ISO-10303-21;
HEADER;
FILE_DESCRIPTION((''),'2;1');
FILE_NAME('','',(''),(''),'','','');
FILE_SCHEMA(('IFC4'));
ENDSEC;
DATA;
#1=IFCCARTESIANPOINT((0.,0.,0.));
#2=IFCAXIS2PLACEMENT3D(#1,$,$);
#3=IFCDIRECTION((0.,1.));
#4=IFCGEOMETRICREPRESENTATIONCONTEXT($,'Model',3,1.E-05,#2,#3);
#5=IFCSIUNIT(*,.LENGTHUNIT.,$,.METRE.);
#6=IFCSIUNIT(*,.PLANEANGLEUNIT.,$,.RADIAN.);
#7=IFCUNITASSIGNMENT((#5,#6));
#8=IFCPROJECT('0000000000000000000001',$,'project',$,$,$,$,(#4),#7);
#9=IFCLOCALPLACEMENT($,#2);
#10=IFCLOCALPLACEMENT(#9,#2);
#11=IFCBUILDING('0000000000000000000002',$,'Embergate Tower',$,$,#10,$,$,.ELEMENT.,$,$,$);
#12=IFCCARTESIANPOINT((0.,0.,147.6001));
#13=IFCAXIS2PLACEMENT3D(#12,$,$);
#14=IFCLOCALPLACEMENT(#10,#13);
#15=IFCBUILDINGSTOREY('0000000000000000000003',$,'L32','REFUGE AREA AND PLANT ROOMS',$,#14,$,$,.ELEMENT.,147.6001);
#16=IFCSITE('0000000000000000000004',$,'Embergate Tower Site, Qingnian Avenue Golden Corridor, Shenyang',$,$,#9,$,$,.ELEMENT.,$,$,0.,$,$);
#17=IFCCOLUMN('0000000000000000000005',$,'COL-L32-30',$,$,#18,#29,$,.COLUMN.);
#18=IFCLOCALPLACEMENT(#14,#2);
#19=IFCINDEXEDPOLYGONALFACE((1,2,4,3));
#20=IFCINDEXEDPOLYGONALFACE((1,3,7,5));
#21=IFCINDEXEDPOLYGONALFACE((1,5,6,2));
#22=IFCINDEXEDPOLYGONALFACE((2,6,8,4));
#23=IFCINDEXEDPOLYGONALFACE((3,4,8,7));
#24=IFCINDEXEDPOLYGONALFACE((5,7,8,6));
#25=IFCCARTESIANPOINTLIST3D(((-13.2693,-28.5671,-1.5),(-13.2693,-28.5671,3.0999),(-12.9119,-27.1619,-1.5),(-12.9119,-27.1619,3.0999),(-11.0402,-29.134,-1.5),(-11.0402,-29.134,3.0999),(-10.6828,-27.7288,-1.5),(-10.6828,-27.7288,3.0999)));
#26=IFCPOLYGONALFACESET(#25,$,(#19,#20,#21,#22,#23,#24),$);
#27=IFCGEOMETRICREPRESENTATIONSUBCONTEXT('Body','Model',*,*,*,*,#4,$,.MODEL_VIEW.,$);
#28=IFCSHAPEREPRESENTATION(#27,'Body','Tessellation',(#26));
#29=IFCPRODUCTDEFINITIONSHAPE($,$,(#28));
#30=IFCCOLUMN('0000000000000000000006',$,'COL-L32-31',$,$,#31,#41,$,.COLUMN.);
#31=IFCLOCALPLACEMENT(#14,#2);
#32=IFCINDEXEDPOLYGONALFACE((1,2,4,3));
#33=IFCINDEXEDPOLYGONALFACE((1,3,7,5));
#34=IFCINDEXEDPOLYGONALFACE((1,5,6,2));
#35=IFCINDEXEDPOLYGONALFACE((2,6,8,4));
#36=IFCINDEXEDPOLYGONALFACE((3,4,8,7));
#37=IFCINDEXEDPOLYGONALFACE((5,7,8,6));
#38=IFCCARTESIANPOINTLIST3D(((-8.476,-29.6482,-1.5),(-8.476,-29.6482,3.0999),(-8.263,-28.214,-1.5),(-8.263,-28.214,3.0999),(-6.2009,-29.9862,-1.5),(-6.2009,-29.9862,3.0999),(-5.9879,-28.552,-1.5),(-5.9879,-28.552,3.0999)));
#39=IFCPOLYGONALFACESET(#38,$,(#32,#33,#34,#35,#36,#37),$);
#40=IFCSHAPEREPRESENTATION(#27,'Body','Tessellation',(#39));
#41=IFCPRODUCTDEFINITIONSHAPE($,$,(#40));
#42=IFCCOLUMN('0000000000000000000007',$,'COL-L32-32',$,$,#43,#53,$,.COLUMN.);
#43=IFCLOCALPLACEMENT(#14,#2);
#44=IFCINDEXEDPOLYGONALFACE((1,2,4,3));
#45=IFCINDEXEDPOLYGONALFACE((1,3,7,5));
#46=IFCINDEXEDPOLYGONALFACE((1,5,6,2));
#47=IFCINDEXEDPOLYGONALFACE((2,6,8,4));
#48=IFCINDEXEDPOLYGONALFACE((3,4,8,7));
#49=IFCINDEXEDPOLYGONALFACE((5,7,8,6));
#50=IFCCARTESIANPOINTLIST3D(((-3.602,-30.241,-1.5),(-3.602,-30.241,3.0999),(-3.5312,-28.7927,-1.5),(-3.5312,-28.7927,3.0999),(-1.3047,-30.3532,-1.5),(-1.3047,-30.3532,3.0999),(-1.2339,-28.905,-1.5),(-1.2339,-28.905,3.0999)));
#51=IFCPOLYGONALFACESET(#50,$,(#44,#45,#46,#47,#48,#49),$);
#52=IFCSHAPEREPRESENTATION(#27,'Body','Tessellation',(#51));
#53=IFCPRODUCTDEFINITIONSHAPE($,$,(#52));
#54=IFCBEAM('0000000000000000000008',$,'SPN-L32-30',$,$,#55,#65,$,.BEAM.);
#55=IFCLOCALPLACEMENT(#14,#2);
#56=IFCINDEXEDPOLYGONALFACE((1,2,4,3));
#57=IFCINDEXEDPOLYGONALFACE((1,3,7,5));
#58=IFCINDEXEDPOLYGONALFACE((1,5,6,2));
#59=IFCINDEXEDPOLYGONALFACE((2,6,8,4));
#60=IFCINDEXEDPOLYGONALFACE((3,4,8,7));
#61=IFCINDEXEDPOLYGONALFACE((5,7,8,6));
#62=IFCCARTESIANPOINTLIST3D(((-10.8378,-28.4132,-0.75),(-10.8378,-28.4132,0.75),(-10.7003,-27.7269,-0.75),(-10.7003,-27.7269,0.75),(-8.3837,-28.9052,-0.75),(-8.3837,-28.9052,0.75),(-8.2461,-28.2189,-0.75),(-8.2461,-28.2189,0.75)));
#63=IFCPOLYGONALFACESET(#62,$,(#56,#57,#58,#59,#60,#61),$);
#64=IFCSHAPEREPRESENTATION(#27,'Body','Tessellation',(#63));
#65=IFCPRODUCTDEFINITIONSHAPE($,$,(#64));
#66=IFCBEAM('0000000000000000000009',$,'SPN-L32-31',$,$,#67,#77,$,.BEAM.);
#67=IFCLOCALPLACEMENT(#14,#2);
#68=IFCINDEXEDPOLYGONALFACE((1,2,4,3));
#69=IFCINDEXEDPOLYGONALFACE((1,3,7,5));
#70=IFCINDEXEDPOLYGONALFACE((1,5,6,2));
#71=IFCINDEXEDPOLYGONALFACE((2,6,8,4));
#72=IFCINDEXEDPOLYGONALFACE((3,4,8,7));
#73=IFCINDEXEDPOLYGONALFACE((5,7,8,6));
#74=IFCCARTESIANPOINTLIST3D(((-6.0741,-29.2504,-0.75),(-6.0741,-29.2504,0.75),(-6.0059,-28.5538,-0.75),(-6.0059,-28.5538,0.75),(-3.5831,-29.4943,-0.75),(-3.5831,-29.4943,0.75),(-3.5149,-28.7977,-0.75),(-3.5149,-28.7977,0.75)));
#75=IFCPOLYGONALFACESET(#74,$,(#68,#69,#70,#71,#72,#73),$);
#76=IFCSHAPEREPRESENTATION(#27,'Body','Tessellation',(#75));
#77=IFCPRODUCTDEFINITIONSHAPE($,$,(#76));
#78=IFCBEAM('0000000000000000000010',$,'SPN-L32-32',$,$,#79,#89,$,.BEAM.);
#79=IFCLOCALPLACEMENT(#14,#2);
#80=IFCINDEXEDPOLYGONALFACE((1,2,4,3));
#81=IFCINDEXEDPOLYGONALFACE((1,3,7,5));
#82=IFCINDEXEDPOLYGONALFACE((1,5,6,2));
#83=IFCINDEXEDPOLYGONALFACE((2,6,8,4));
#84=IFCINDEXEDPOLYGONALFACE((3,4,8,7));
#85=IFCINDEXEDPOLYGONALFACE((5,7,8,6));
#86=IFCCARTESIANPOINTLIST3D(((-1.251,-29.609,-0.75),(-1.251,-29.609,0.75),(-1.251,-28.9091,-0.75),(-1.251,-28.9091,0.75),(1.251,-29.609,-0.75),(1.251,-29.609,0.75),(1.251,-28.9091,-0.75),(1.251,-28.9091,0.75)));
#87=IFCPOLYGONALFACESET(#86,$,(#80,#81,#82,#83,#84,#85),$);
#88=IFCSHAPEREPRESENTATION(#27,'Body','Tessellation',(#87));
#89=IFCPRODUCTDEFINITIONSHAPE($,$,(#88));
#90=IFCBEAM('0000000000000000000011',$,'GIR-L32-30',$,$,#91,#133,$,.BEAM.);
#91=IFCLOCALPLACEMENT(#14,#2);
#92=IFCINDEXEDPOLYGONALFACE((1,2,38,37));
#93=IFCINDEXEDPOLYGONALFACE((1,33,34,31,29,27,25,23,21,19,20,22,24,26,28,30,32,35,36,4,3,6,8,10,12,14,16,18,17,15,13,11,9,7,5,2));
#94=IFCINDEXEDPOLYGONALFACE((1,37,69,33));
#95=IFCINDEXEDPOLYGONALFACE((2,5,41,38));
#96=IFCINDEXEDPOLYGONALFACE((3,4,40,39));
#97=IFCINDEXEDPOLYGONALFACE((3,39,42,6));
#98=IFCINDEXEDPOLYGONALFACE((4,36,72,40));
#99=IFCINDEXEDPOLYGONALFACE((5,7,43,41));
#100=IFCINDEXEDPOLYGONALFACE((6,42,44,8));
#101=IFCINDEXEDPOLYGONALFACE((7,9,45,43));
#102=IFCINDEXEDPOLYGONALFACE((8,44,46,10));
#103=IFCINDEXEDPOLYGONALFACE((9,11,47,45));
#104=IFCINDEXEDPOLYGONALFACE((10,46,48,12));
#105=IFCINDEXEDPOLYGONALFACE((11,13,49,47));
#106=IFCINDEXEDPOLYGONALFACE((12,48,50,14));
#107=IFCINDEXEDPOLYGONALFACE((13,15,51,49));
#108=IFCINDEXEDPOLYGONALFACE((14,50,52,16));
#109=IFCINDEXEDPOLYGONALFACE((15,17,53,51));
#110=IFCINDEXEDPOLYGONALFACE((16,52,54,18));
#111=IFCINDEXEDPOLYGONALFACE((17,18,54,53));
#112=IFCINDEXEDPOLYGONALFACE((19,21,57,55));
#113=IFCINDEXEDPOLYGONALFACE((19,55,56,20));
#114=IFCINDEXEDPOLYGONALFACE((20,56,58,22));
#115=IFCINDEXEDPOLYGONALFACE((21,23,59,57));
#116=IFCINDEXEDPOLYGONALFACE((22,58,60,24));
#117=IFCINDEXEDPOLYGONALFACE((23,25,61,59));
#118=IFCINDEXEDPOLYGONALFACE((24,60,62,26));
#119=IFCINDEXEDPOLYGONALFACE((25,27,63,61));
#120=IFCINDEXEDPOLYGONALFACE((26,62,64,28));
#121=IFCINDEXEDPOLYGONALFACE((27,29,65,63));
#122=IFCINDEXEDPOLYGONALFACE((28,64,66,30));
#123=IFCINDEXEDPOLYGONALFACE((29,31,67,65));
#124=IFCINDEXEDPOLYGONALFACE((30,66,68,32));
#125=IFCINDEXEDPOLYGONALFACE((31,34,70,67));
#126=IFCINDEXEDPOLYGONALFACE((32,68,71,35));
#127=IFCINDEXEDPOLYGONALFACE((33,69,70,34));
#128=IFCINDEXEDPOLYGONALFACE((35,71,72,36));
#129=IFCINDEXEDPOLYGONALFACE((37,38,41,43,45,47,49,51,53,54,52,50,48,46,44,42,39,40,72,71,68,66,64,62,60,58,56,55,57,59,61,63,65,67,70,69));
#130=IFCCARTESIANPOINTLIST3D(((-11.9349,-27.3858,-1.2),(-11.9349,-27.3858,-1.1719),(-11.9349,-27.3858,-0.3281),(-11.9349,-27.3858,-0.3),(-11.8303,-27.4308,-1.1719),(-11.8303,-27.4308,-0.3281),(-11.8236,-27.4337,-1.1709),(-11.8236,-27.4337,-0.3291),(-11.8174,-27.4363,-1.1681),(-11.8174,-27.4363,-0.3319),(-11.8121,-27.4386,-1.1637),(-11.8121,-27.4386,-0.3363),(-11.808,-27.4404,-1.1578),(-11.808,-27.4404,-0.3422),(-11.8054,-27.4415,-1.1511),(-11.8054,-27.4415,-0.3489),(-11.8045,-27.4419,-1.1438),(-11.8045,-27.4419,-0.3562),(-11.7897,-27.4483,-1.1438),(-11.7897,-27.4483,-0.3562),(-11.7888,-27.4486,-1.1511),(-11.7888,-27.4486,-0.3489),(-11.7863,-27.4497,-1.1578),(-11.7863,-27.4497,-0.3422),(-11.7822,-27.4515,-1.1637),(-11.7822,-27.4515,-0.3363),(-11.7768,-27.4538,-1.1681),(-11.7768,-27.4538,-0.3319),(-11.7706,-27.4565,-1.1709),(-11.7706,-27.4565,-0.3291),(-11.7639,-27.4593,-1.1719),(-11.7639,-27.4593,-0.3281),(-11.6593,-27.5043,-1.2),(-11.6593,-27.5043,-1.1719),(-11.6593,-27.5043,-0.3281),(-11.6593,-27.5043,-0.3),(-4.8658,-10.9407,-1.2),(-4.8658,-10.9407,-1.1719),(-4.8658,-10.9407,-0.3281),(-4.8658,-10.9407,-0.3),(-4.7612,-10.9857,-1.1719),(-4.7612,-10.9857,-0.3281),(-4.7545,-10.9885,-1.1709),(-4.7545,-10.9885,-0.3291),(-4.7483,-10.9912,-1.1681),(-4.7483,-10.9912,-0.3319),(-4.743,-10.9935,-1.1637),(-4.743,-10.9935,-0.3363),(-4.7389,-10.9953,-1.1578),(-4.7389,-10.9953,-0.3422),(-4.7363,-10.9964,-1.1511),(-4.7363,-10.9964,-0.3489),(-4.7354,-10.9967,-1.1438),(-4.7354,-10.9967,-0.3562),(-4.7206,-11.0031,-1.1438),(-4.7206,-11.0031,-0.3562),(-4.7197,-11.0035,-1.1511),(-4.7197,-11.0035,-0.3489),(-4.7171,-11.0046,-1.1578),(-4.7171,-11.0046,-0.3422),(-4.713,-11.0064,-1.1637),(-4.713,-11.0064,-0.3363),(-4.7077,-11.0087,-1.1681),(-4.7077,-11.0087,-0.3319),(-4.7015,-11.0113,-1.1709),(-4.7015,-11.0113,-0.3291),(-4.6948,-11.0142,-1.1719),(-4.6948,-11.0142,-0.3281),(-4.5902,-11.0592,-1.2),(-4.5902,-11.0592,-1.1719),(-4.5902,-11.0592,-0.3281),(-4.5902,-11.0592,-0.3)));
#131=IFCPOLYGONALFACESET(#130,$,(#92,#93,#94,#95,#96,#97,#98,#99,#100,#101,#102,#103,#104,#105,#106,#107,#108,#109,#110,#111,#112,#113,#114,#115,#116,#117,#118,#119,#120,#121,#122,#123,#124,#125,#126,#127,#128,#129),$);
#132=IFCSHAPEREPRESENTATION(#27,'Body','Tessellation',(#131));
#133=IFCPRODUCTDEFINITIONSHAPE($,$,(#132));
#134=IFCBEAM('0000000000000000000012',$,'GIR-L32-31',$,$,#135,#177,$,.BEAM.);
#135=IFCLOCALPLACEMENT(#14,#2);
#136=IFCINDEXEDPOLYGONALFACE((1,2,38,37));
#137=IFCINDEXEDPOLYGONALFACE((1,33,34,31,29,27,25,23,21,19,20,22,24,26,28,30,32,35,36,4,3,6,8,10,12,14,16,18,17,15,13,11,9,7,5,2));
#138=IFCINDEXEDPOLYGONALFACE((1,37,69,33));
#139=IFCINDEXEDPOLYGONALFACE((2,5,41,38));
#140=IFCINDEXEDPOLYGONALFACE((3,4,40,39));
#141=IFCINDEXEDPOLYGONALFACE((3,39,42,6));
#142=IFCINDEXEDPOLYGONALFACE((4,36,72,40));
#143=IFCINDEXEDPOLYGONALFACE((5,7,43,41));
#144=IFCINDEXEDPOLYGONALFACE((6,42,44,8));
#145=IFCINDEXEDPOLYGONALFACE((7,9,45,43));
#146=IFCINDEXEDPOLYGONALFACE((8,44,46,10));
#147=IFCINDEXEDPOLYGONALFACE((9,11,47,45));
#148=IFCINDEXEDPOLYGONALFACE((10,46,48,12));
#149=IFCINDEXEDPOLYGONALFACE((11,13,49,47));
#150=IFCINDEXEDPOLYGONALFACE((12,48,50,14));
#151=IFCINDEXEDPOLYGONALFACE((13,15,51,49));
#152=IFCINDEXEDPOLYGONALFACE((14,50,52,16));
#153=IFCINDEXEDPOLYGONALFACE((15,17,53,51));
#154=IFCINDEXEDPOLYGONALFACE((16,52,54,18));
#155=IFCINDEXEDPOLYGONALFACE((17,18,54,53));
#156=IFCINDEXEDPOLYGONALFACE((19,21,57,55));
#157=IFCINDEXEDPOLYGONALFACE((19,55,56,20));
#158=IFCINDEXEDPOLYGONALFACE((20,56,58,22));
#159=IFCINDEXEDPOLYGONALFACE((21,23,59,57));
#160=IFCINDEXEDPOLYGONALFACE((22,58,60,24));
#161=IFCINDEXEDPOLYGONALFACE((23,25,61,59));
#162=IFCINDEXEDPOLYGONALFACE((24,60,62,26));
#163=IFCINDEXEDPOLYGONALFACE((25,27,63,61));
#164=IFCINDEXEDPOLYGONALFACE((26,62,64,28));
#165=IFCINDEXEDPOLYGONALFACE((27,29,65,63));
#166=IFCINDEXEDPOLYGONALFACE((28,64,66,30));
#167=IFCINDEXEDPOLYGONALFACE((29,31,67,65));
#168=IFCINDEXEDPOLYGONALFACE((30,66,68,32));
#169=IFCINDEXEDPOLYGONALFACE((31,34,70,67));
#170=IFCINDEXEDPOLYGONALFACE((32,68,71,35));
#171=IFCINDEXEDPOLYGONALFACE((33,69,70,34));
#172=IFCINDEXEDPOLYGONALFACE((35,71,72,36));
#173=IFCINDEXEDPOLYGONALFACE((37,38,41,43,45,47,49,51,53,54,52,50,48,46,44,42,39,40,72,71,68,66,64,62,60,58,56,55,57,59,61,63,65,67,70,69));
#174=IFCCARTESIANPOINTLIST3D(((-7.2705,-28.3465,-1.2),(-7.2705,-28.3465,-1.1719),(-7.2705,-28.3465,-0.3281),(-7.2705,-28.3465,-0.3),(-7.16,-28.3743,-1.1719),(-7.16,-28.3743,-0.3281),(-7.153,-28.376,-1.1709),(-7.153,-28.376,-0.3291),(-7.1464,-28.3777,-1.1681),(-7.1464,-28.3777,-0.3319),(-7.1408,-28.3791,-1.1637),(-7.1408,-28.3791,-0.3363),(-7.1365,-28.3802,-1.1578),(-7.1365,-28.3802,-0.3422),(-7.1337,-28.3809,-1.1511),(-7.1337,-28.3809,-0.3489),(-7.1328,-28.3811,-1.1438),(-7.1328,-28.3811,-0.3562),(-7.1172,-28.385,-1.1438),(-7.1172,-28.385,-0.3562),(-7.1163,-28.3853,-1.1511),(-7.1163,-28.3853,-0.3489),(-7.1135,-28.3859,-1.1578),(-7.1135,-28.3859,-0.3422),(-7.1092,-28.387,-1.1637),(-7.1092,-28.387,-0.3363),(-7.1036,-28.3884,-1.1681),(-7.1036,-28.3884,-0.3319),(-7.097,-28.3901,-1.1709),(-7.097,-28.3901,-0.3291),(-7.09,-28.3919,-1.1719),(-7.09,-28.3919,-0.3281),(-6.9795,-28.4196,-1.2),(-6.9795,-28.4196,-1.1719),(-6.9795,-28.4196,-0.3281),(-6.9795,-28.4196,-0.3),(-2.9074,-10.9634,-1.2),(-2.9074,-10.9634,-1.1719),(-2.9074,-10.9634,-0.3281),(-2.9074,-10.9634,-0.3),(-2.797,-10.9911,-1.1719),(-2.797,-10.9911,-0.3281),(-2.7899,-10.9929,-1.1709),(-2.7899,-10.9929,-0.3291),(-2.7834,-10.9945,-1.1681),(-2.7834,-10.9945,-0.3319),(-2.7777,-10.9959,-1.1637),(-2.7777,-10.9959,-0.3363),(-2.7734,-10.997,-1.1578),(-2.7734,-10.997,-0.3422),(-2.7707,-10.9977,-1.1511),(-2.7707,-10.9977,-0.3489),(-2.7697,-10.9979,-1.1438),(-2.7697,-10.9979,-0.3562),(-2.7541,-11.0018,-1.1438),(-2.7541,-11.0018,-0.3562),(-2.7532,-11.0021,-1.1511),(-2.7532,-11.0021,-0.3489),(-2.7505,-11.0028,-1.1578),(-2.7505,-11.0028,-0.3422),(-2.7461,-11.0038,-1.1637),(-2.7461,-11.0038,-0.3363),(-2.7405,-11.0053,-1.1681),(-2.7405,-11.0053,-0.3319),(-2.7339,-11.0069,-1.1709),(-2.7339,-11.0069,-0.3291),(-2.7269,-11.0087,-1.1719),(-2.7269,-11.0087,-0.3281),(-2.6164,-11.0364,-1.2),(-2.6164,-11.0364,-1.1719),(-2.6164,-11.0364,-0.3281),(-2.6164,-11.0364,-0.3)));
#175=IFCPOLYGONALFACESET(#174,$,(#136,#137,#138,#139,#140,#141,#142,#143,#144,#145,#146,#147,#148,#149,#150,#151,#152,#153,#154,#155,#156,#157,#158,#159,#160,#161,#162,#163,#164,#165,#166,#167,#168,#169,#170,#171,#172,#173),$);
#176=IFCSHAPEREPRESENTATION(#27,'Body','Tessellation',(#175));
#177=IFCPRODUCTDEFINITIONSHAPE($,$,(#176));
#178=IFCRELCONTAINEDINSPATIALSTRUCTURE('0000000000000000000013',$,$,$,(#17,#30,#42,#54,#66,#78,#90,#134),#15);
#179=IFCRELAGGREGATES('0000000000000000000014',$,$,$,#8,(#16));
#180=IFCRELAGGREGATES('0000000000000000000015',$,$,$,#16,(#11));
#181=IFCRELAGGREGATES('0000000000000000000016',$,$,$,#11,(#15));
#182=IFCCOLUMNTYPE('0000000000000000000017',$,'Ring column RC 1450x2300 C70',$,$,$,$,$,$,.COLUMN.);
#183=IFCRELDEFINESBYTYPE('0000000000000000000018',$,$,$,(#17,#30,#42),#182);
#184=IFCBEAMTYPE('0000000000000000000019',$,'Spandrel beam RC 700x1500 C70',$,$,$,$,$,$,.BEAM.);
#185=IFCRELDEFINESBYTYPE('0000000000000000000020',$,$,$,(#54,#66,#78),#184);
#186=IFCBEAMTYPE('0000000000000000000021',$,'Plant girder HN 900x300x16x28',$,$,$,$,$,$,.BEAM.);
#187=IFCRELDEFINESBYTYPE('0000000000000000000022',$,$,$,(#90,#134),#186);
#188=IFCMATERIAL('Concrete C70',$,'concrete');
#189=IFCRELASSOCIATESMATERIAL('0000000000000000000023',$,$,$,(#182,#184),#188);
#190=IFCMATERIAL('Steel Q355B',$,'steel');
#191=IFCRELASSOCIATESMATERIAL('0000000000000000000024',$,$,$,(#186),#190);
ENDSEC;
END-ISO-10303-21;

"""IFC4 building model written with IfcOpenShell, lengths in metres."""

from ifc_helpers import new_model, si_unit, direction, frame, origin, origin_2d, place, context, subcontext, project, spatial, rectangle, i_section, extrude, source, transform, mapped, material, material_profile, profile_set, type_object, element, save


model = new_model("IFC4")

# Units and contexts
model_context = context("Model", 3, precision=1e-05, world=origin(), true_north=direction((0.0, 1.0)))
body_context = subcontext(model_context, "Body", "Model", "MODEL_VIEW")
ifc_project = project(units=[si_unit("LENGTHUNIT", "METRE"), si_unit("PLANEANGLEUNIT", "RADIAN")], contexts=[model_context])

# Site, building, storey
site_placement = place(None, origin())
site = spatial("IfcSite", under=ifc_project, at=site_placement, Name="Embergate Tower Site, Qingnian Avenue Golden Corridor, Shenyang", CompositionType="ELEMENT", RefElevation=0.0)
building_placement = place(site_placement, origin())
building = spatial("IfcBuilding", under=site, at=building_placement, Name="Embergate Tower", CompositionType="ELEMENT")
storey_placement = place(building_placement, frame((0.0, 0.0, 147.6001)))
storey = spatial("IfcBuildingStorey", under=building, at=storey_placement, Name="L32", Description="REFUGE AREA AND PLANT ROOMS", CompositionType="ELEMENT", Elevation=147.6001)

# Columns
ifc_material_1 = material(Name="Concrete C70", Category="concrete")
ifc_material_profile_1 = material_profile(ifc_material_1, rectangle(XDim=1.45, YDim=2.3, at=origin_2d()), Name="RC 1450x2300")
ifc_profile_set_1 = profile_set([ifc_material_profile_1], Name="Concrete C70")
column_type = type_object("IfcColumnType", Name="Ring column RC 1450x2300 C70", PredefinedType="COLUMN", material=ifc_profile_set_1)
shared_shape_1 = source(origin(), body_context, "Body", "SweptSolid", [
    extrude(rectangle(XDim=1.45, YDim=2.3, at=origin_2d()), origin(), (0.0, 0.0, 1.0), 4.5999),
])
for number, where, z_axis, x_axis, name in (
    (1, (-11.9761, -28.1479, -1.5), (0.0, 0.0, 1.0), (-0.246492, -0.969145, 0.0), "COL-L32-30"),
    (2, (-7.2319, -29.1001, -1.5), (0.0, 0.0, 1.0), (-0.146929, -0.989147, 0.0), "COL-L32-31"),
    (3, (-2.418, -29.573, -1.5), (0.0, 0.0, 1.0), (-0.048815, -0.998808, 0.0), "COL-L32-32"),
):
    element("IfcColumn", number, at=place(storey_placement, frame(where, z_axis=z_axis, x_axis=x_axis)), inside=storey, type_object=column_type, Name=name, PredefinedType="COLUMN", context=body_context, shape_type="MappedRepresentation", body=[
        mapped(shared_shape_1, transform((0.0, 0.0, 0.0))),
    ])

# Beams
ifc_material_profile_2 = material_profile(ifc_material_1, rectangle(XDim=0.7, YDim=1.5, at=origin_2d()), Name="RC 700x1500")
ifc_profile_set_2 = profile_set([ifc_material_profile_2], Name="Concrete C70")
beam_type_1 = type_object("IfcBeamType", Name="Spandrel beam RC 700x1500 C70", PredefinedType="BEAM", material=ifc_profile_set_2)
shared_shape_2 = source(origin(), body_context, "Body", "SweptSolid", [
    extrude(rectangle(XDim=0.7, YDim=1.5, at=origin_2d()), origin(), (0.0, 0.0, 1.0), 2.5029),
])
for number, where, z_axis, x_axis, name in (
    (4, (-10.769, -28.0701, 0.0), (0.980494, -0.196548, 0.0), (0.196548, 0.980494, 0.0), "SPN-L32-30"),
    (5, (-6.04, -28.9021, 0.0), (0.995241, -0.097446, 0.0), (0.097446, 0.995241, 0.0), "SPN-L32-31"),
):
    element("IfcBeam", number, at=place(storey_placement, frame(where, z_axis=z_axis, x_axis=x_axis)), inside=storey, type_object=beam_type_1, Name=name, PredefinedType="BEAM", context=body_context, shape_type="MappedRepresentation", body=[
        mapped(shared_shape_2, transform((0.0, 0.0, 0.0))),
    ])
shared_shape_3 = source(origin(), body_context, "Body", "SweptSolid", [
    extrude(rectangle(XDim=0.7, YDim=1.5, at=origin_2d()), origin(), (0.0, 0.0, 1.0), 2.502),
])
beam_1_placement = place(storey_placement, frame((-1.251, -29.259, 0.0), z_axis=(1.0, 0.0, 0.0), x_axis=(0.0, 1.0, 0.0)))
element("IfcBeam", 6, at=beam_1_placement, inside=storey, type_object=beam_type_1, Name="SPN-L32-32", PredefinedType="BEAM", context=body_context, shape_type="MappedRepresentation", body=[
    mapped(shared_shape_3, transform((0.0, 0.0, 0.0))),
])
ifc_material_2 = material(Name="Steel Q355B", Category="steel")
ifc_material_profile_3 = material_profile(ifc_material_2, i_section(OverallWidth=0.3, OverallDepth=0.8999, WebThickness=0.0161, FlangeThickness=0.0281, FilletRadius=0.0281, at=origin_2d()), Name="HN 900x300x16x28")
ifc_profile_set_3 = profile_set([ifc_material_profile_3], Name="Steel Q355 grade B")
beam_type_2 = type_object("IfcBeamType", Name="Plant girder HN 900x300x16x28", PredefinedType="BEAM", material=ifc_profile_set_3)
shared_shape_4 = source(origin(), body_context, "Body", "SweptSolid", [
    extrude(i_section(OverallWidth=0.3, OverallDepth=0.8999, WebThickness=0.0161, FlangeThickness=0.0281, FilletRadius=0.0281, at=origin_2d()), origin(), (0.0, 0.0, 1.0), 17.9001),
])
beam_2_placement = place(storey_placement, frame((-11.7971, -27.4451, -0.75), z_axis=(0.39492, 0.918716, 0.0), x_axis=(-0.918716, 0.39492, 0.0)))
element("IfcBeam", 7, at=beam_2_placement, inside=storey, type_object=beam_type_2, Name="GIR-L32-30", PredefinedType="BEAM", context=body_context, shape_type="MappedRepresentation", body=[
    mapped(shared_shape_4, transform((0.0, 0.0, 0.0))),
])
shared_shape_5 = source(origin(), body_context, "Body", "SweptSolid", [
    extrude(i_section(OverallWidth=0.3, OverallDepth=0.8999, WebThickness=0.0161, FlangeThickness=0.0281, FilletRadius=0.0281, at=origin_2d()), origin(), (0.0, 0.0, 1.0), 17.9224),
])
beam_3_placement = place(storey_placement, frame((-7.125, -28.3831, -0.75), z_axis=(0.243443, 0.969915, 0.0), x_axis=(-0.969915, 0.243443, 0.0)))
element("IfcBeam", 8, at=beam_3_placement, inside=storey, type_object=beam_type_2, Name="GIR-L32-31", PredefinedType="BEAM", context=body_context, shape_type="MappedRepresentation", body=[
    mapped(shared_shape_5, transform((0.0, 0.0, 0.0))),
])

save(model, "model.ifc")
